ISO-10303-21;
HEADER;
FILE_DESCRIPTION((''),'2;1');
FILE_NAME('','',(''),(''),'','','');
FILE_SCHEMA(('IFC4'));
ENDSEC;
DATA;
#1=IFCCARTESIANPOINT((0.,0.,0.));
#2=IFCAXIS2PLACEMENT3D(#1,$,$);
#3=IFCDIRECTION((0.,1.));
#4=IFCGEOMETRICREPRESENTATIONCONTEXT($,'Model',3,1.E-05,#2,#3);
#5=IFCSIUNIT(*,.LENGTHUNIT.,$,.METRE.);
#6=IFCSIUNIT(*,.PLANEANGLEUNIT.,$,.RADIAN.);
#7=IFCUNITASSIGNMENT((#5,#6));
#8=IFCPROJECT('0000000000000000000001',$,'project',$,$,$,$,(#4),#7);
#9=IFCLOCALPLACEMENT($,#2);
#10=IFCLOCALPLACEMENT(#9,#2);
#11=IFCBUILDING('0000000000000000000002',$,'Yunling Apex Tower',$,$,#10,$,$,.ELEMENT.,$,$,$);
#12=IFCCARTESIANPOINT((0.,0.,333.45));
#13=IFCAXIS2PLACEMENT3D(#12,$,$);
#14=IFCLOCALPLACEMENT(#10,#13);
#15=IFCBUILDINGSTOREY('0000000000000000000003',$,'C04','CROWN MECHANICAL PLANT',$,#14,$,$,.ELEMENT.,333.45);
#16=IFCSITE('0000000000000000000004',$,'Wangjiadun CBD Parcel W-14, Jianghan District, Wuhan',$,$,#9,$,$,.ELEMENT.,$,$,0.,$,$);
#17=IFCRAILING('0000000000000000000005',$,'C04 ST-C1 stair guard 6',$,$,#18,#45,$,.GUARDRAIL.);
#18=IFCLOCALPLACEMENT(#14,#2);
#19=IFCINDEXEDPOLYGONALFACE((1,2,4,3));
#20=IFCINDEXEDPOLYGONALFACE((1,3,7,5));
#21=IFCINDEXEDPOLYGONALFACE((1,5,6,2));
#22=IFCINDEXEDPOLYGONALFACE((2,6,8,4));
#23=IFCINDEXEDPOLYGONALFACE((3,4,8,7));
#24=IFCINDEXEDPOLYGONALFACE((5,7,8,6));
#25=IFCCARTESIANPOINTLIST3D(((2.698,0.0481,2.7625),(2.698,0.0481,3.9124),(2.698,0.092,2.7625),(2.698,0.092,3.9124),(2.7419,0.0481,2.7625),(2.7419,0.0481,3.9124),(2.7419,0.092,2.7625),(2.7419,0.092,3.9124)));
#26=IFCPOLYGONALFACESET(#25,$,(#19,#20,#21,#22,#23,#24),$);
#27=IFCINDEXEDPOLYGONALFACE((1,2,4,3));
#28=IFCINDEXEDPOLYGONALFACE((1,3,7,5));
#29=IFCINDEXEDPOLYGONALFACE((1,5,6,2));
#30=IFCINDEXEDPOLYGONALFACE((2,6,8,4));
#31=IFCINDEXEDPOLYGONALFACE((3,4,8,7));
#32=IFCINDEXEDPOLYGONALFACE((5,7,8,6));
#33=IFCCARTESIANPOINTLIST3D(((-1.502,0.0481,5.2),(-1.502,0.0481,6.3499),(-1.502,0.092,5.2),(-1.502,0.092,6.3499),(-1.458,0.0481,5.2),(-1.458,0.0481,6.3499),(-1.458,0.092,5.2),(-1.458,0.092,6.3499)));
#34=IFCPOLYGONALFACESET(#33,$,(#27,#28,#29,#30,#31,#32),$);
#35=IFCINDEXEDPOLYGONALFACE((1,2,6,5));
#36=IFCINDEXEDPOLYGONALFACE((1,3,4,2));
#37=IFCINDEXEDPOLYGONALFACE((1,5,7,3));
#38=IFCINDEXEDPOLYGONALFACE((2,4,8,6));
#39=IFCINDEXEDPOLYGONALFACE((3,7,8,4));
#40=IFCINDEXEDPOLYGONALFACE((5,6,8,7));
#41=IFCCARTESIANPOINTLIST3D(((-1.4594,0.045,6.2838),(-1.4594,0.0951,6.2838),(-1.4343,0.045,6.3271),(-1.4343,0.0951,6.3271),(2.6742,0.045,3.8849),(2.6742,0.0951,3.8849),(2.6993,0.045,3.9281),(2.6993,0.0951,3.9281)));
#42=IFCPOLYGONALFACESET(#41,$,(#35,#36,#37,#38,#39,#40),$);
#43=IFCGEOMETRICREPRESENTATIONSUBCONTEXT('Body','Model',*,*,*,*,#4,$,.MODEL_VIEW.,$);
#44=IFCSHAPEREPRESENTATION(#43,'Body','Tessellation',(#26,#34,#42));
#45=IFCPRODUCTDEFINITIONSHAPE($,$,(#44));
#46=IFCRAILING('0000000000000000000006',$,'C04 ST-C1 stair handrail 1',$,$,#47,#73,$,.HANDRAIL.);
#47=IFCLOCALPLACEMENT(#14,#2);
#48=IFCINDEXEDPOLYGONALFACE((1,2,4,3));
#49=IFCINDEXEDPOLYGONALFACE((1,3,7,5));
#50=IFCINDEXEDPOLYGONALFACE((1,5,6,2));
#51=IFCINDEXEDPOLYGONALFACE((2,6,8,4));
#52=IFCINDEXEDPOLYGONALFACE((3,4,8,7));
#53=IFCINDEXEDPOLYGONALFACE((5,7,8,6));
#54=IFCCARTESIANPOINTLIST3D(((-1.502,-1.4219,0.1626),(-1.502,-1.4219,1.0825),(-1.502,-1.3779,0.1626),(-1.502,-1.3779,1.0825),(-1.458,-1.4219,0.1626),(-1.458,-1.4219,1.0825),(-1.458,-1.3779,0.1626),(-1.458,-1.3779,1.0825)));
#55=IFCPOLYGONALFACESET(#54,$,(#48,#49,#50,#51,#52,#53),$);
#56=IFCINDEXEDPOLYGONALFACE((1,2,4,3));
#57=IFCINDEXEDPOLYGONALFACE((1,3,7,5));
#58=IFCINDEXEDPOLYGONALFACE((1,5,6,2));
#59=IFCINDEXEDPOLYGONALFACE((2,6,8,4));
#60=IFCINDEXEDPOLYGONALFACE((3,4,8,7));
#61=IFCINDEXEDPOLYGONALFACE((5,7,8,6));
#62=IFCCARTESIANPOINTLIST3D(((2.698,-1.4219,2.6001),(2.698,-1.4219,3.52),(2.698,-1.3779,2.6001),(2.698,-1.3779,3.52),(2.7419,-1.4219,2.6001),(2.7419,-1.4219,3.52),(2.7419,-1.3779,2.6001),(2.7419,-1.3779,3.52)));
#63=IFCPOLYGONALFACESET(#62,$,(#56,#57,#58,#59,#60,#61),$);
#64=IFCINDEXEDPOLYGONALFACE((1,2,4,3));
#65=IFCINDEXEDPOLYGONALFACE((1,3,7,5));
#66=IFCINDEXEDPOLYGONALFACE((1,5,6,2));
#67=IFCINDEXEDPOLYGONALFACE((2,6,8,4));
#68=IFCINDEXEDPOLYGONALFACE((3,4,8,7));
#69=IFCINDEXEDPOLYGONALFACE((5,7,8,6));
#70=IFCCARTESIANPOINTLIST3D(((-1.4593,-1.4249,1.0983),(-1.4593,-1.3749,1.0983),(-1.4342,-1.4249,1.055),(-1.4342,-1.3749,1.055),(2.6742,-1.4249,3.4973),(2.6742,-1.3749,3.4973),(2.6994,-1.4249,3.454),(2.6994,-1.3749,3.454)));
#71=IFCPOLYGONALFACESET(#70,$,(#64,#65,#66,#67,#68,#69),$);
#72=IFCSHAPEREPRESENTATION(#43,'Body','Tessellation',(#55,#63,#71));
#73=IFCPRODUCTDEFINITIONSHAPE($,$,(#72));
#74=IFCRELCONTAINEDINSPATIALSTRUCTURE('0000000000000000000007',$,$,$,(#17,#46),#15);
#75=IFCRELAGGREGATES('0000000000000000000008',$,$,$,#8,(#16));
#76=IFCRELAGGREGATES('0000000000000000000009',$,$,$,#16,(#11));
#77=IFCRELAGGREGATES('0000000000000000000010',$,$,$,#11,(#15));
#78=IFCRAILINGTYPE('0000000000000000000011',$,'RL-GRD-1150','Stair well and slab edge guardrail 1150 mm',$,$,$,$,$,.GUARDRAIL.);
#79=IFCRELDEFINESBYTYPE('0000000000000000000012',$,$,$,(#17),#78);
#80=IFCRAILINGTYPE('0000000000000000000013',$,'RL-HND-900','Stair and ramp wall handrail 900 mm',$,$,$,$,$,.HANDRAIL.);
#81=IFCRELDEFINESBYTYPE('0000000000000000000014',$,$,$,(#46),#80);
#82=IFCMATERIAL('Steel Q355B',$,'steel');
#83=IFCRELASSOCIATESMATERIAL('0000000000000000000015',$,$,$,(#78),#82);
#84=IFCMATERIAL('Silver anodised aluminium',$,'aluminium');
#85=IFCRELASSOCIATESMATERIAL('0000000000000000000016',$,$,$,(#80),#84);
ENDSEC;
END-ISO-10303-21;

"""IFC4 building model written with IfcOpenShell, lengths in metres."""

from ifc_helpers import new_model, si_unit, direction, frame, origin, origin_2d, place, context, subcontext, project, spatial, rectangle, extrude, material, type_object, element, save


model = new_model("IFC4")

# Units and contexts
model_context = context("Model", 3, precision=1e-05, world=origin(), true_north=direction((0.0, 1.0)))
body_context = subcontext(model_context, "Body", "Model", "MODEL_VIEW")
ifc_project = project(units=[si_unit("LENGTHUNIT", "METRE"), si_unit("PLANEANGLEUNIT", "RADIAN")], contexts=[model_context])

# Site, building, storey
site_placement = place(None, origin())
site = spatial("IfcSite", under=ifc_project, at=site_placement, Name="Wangjiadun CBD Parcel W-14, Jianghan District, Wuhan", CompositionType="ELEMENT", RefElevation=0.0)
building_placement = place(site_placement, origin())
building = spatial("IfcBuilding", under=site, at=building_placement, Name="Yunling Apex Tower", CompositionType="ELEMENT")
storey_placement = place(building_placement, frame((0.0, 0.0, 333.45)))
storey = spatial("IfcBuildingStorey", under=building, at=storey_placement, Name="C04", Description="CROWN MECHANICAL PLANT", CompositionType="ELEMENT", Elevation=333.45)

# Shared definitions
ifc_material_1 = material(Name="Steel Q355B", Category="steel")

# Railings
railing_type_1 = type_object("IfcRailingType", Name="RL-GRD-1150", Description="Stair well and slab edge guardrail 1150 mm", PredefinedType="GUARDRAIL", material=ifc_material_1)
railing_1_placement = place(storey_placement, frame((2.72, 0.0701, 2.7625)))
element("IfcRailing", 1, at=railing_1_placement, inside=storey, type_object=railing_type_1, Name="C04 ST-C1 stair guard 6", PredefinedType="GUARDRAIL", context=body_context, shape_type="SweptSolid", body=[
    extrude(rectangle(XDim=0.0439, YDim=0.0439, at=origin_2d()), origin(), (0.0, 0.0, 1.0), 1.1499),
    extrude(rectangle(XDim=0.0439, YDim=0.0439, at=origin_2d()), frame((-4.2, 0.0, 2.4375)), (0.0, 0.0, 1.0), 1.1499),
    extrude(rectangle(XDim=0.05, YDim=0.05, at=origin_2d()), frame((-0.0332, 0.0, 1.144), z_axis=(-0.864895, 0.0, 0.501954), x_axis=(0.0, -1.0, 0.0)), (0.0, 0.0, 1.0), 4.7793),
])
ifc_material_2 = material(Name="Silver anodised aluminium", Category="aluminium")
railing_type_2 = type_object("IfcRailingType", Name="RL-HND-900", Description="Stair and ramp wall handrail 900 mm", PredefinedType="HANDRAIL", material=ifc_material_2)
railing_2_placement = place(storey_placement, frame((-1.48, -1.3999, 0.1626)))
element("IfcRailing", 2, at=railing_2_placement, inside=storey, type_object=railing_type_2, Name="C04 ST-C1 stair handrail 1", PredefinedType="HANDRAIL", context=body_context, shape_type="SweptSolid", body=[
    extrude(rectangle(XDim=0.0439, YDim=0.0439, at=origin_2d()), origin(), (0.0, 0.0, 1.0), 0.9199),
    extrude(rectangle(XDim=0.0439, YDim=0.0439, at=origin_2d()), frame((4.2, 0.0, 2.4375)), (0.0, 0.0, 1.0), 0.9199),
    extrude(rectangle(XDim=0.05, YDim=0.05, at=origin_2d()), frame((0.0332, 0.0, 0.9141), z_axis=(0.864895, 0.0, 0.501954), x_axis=(0.0, 1.0, 0.0)), (0.0, 0.0, 1.0), 4.7793),
])

save(model, "model.ifc")
